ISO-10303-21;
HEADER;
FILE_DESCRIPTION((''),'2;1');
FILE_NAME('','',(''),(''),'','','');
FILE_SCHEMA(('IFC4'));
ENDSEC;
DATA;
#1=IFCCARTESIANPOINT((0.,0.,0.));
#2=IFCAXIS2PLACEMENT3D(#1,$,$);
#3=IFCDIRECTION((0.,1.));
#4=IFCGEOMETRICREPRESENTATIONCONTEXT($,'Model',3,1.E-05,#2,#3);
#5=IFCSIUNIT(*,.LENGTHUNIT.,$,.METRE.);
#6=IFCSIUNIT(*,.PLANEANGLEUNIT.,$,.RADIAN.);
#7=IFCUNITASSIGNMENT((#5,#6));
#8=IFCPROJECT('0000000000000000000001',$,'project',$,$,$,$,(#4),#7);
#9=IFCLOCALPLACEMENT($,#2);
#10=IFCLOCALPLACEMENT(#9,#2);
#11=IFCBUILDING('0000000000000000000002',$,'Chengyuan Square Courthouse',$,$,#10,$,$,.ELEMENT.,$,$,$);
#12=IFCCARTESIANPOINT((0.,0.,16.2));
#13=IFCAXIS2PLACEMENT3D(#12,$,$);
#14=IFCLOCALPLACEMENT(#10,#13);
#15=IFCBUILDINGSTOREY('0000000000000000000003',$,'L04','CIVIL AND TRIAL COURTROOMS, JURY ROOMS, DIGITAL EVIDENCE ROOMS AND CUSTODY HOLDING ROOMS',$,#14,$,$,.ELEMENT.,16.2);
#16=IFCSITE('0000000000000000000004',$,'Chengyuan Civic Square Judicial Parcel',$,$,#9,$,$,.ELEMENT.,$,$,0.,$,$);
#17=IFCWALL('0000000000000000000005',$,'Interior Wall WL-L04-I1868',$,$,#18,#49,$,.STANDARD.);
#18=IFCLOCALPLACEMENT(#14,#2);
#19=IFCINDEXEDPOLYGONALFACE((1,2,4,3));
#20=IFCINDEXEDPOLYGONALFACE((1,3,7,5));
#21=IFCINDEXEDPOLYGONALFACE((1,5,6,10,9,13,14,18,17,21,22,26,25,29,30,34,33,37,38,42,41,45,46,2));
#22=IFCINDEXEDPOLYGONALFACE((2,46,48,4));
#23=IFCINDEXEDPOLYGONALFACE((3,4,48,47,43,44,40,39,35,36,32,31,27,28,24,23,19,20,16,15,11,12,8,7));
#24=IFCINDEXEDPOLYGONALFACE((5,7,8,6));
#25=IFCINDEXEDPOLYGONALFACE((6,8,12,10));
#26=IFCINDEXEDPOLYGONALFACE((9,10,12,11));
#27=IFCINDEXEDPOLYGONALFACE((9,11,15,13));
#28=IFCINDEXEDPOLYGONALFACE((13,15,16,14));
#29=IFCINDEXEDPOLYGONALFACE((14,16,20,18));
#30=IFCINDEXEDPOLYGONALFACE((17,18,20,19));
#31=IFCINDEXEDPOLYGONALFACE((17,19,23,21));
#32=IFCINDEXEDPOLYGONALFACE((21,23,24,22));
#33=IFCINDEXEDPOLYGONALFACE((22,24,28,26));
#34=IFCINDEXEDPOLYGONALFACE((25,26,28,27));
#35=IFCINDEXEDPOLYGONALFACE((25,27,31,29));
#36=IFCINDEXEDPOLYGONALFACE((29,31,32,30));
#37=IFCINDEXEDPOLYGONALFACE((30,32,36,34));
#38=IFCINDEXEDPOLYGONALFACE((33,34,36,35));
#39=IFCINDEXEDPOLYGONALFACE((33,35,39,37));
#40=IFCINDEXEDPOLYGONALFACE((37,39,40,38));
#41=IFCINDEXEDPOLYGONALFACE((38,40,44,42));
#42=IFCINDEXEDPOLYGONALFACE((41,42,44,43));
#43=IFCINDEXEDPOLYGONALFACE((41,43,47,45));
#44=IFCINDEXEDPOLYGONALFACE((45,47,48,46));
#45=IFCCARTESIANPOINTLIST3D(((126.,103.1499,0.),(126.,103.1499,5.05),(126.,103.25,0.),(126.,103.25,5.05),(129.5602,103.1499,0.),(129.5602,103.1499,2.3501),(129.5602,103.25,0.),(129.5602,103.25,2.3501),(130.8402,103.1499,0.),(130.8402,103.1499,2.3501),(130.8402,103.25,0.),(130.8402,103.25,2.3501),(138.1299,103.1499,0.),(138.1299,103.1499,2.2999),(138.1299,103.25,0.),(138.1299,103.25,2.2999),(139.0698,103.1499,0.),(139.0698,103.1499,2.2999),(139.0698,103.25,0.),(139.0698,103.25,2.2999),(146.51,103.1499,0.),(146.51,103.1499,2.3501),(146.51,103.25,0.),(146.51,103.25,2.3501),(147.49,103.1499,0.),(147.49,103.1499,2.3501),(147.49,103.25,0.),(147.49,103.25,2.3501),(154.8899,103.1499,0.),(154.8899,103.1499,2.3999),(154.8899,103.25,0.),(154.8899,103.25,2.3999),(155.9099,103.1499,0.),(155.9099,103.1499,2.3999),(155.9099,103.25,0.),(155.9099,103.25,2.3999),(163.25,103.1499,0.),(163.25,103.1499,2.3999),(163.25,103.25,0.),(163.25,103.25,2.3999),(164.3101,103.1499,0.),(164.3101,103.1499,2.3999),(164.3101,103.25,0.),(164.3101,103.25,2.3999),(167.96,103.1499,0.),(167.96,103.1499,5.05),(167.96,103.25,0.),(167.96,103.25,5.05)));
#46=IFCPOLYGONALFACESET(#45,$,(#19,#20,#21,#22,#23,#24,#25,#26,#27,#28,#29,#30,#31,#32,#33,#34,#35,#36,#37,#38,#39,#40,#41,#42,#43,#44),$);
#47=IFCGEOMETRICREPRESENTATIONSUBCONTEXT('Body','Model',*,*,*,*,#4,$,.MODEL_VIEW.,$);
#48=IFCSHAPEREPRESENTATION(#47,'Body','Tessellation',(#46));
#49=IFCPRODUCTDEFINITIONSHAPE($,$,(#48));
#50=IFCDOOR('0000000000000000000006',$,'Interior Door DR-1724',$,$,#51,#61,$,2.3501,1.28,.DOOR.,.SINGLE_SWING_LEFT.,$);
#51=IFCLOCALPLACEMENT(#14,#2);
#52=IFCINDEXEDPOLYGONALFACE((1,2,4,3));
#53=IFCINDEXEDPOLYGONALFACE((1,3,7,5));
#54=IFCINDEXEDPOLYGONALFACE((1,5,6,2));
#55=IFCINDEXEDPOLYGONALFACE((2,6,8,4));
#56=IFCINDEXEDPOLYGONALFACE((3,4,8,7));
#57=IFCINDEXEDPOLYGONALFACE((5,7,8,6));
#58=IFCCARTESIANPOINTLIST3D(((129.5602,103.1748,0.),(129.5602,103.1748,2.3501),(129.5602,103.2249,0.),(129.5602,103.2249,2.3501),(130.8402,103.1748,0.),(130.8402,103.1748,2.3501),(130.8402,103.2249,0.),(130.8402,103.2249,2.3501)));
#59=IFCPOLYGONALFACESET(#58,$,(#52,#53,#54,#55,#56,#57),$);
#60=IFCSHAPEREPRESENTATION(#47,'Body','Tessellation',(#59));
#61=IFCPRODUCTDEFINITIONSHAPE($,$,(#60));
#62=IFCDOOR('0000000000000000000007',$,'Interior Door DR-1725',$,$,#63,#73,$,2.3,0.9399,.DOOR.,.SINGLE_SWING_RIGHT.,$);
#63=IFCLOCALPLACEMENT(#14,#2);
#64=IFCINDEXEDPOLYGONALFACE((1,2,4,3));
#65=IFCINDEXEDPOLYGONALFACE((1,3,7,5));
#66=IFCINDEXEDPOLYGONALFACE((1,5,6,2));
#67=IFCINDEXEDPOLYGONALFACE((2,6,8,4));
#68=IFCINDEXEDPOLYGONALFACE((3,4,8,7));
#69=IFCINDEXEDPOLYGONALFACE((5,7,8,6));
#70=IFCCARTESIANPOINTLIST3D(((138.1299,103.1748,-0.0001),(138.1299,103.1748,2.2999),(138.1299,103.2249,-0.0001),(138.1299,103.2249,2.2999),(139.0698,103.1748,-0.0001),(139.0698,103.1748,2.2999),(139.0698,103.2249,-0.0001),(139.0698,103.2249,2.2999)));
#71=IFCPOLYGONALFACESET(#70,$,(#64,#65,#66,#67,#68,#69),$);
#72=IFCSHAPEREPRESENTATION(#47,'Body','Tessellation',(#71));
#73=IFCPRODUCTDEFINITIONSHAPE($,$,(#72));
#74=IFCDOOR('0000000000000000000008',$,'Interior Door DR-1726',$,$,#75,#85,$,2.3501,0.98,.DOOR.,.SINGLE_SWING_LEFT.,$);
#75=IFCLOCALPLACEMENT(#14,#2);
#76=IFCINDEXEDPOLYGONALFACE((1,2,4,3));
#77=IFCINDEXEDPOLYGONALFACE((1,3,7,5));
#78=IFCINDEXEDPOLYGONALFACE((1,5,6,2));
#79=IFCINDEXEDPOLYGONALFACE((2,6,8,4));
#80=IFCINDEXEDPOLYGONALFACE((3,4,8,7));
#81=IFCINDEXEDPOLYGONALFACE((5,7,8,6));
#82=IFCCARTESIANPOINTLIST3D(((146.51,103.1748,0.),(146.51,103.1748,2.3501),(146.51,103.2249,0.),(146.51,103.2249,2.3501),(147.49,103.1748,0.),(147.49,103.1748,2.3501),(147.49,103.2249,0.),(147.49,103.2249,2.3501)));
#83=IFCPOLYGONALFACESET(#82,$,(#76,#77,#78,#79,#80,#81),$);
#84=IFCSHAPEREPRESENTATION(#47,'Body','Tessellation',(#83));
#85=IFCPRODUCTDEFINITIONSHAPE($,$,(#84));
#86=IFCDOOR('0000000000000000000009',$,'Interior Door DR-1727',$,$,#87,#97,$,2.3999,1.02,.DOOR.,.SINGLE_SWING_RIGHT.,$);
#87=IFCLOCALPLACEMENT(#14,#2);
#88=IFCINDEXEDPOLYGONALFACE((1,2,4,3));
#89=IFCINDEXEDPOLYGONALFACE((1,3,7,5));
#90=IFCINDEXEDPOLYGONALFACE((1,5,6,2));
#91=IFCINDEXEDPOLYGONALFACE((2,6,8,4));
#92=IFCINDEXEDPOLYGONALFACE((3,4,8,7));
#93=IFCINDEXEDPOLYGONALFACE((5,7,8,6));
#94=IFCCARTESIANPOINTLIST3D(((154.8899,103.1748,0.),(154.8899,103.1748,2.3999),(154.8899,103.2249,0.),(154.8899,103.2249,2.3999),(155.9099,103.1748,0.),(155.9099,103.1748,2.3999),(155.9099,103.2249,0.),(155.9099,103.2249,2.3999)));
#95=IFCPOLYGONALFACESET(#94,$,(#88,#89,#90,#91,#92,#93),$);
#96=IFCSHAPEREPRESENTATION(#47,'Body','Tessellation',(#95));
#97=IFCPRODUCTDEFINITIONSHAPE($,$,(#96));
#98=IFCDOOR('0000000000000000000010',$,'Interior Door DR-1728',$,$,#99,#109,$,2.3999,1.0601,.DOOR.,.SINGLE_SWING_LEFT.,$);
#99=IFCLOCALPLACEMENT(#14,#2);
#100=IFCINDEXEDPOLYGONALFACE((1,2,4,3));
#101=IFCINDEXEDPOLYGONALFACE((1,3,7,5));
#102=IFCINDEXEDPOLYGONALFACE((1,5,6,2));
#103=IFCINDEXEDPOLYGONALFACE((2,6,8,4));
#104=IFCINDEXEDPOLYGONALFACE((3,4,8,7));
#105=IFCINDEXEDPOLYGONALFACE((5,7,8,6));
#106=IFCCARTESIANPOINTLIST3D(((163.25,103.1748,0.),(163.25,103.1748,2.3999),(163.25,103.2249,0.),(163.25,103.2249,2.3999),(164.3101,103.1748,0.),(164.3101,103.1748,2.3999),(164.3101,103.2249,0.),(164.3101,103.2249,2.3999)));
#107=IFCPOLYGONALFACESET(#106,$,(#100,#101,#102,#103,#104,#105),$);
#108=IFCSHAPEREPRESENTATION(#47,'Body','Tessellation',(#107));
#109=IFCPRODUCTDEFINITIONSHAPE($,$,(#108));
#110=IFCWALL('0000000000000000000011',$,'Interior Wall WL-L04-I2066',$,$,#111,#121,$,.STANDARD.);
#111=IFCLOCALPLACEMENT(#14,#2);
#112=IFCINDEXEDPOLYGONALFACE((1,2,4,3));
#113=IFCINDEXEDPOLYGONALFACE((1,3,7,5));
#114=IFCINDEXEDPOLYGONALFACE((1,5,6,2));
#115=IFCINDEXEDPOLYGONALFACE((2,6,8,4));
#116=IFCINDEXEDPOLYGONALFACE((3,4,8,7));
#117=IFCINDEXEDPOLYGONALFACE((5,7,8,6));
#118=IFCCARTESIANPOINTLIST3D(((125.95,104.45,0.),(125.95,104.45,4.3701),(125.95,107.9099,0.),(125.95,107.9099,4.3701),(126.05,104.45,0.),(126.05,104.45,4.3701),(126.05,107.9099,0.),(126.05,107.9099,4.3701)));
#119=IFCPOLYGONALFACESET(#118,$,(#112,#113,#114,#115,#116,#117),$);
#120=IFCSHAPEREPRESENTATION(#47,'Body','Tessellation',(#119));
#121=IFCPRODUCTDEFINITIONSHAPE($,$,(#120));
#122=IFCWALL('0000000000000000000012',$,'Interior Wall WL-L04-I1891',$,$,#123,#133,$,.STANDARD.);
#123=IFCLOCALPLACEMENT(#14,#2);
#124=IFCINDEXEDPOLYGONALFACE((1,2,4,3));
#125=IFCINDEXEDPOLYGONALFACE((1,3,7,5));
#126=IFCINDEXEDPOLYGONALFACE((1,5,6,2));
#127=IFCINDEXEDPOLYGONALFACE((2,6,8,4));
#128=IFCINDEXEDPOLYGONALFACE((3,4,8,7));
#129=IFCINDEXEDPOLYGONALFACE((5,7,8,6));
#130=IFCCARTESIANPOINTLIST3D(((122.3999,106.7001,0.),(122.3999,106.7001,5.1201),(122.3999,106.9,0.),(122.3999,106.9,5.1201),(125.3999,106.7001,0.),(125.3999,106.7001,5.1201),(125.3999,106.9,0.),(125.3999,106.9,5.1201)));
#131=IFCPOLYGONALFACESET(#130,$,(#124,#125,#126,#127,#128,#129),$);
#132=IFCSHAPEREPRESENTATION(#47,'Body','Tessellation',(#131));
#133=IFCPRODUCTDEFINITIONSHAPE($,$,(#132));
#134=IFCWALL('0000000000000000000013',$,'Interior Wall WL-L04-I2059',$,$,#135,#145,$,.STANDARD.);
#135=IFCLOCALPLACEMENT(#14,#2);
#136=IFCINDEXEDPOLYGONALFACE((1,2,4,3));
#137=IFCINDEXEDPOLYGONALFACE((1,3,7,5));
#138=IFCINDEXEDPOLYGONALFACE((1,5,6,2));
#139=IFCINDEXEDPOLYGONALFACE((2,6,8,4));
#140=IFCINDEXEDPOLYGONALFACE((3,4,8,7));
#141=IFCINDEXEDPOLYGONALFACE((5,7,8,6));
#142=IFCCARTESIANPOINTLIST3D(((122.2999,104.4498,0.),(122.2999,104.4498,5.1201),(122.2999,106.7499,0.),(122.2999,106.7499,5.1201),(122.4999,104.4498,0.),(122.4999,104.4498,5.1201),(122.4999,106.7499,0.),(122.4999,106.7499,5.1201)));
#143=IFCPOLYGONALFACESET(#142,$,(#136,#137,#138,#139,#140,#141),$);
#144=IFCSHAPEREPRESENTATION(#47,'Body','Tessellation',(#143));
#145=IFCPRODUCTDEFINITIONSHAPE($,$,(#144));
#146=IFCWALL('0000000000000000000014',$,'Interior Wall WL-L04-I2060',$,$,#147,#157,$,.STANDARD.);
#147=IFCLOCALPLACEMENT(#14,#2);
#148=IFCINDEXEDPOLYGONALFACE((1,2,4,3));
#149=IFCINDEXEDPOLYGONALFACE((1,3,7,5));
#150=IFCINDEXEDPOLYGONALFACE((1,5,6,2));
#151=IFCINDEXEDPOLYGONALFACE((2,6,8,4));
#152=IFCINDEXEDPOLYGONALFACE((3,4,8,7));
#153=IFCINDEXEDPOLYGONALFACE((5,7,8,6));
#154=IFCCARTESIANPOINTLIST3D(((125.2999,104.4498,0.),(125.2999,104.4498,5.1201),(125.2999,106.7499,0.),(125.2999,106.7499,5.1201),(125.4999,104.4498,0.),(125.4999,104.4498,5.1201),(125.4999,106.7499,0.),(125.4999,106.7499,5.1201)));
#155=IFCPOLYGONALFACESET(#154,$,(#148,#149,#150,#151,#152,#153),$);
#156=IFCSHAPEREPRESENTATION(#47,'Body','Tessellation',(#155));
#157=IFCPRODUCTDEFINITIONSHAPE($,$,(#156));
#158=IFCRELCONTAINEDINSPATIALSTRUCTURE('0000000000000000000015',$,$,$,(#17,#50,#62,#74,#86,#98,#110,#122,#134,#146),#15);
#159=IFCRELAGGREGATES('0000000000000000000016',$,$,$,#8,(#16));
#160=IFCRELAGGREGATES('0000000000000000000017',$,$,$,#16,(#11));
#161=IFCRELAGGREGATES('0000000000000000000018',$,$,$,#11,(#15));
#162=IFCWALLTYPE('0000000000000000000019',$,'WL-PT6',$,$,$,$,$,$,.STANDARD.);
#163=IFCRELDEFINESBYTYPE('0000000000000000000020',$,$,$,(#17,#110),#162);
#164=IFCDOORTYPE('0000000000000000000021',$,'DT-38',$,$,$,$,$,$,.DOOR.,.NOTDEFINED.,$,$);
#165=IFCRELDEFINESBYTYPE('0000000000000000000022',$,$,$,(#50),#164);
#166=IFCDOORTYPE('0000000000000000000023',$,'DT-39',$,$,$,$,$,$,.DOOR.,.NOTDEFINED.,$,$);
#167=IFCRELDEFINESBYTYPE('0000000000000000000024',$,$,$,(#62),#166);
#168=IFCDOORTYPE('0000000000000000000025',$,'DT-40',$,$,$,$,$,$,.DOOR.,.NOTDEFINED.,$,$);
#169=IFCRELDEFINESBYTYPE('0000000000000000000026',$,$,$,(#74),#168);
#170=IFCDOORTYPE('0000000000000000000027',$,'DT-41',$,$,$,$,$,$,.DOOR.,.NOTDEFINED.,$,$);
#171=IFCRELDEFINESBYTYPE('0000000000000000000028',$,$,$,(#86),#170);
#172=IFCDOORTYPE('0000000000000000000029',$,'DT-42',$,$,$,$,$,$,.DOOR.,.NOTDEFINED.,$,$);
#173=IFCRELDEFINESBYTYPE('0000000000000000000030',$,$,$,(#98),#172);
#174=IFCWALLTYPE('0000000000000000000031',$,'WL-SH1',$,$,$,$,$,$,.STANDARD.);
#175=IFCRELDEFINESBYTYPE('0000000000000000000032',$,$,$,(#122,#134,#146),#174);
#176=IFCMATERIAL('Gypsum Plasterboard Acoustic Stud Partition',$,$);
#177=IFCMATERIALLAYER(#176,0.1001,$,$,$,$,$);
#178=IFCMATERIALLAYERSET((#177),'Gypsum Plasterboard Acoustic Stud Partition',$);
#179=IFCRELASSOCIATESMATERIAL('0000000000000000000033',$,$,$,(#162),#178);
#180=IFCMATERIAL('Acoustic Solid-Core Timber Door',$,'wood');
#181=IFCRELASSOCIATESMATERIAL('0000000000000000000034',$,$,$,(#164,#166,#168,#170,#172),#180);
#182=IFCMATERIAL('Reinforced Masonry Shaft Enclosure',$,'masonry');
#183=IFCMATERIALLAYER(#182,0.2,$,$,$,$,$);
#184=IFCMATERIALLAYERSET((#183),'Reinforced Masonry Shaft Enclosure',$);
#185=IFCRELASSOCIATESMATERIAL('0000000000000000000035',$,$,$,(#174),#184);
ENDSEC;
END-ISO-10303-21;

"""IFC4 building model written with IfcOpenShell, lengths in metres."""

from ifc_helpers import new_model, si_unit, direction, frame, frame_2d, origin, place, context, subcontext, project, spatial, rectangle, extrude, material, layer, layer_set, type_object, element, fill, save


model = new_model("IFC4")

# Units and contexts
model_context = context("Model", 3, precision=1e-05, world=origin(), true_north=direction((0.0, 1.0)))
body_context = subcontext(model_context, "Body", "Model", "MODEL_VIEW")
ifc_project = project(units=[si_unit("LENGTHUNIT", "METRE"), si_unit("PLANEANGLEUNIT", "RADIAN")], contexts=[model_context])

# Site, building, storey
site_placement = place(None, origin())
site = spatial("IfcSite", under=ifc_project, at=site_placement, Name="Chengyuan Civic Square Judicial Parcel", CompositionType="ELEMENT", RefElevation=0.0)
building_placement = place(site_placement, origin())
building = spatial("IfcBuilding", under=site, at=building_placement, Name="Chengyuan Square Courthouse", CompositionType="ELEMENT")
storey_placement = place(building_placement, frame((0.0, 0.0, 16.2)))
storey = spatial("IfcBuildingStorey", under=building, at=storey_placement, Name="L04", Description="CIVIL AND TRIAL COURTROOMS, JURY ROOMS, DIGITAL EVIDENCE ROOMS AND CUSTODY HOLDING ROOMS", CompositionType="ELEMENT", Elevation=16.2)

# Shared definitions
ifc_material_1 = material(Name="Acoustic Solid-Core Timber Door", Category="wood")

# Wall, openings, doors
ifc_material_2 = material(Name="Gypsum Plasterboard Acoustic Stud Partition")
ifc_layer_1 = layer(ifc_material_2, 0.1001)
ifc_layer_set_1 = layer_set([ifc_layer_1], Name="Gypsum Plasterboard Acoustic Stud Partition")
wall_type_1 = type_object("IfcWallType", Name="WL-PT6", PredefinedType="STANDARD", material=ifc_layer_set_1)
wall_1_placement = place(storey_placement, frame((126.0, 103.2, 0.0), z_axis=(0.0, 0.0, 1.0), x_axis=(1.0, 0.0, 0.0)))
wall_1 = element("IfcWall", 1, at=wall_1_placement, inside=storey, type_object=wall_type_1, Name="Interior Wall WL-L04-I1868", PredefinedType="STANDARD", context=body_context, shape_type="SweptSolid", body=[
    extrude(rectangle(XDim=41.96, YDim=0.1001, at=frame_2d((20.98, 0.0))), origin(), (0.0, 0.0, 1.0), 5.05),
])
opening_1_placement = place(wall_1_placement, frame((3.5601, 0.0, 0.0)))
opening_1 = element("IfcOpeningElement", 2, at=opening_1_placement, cuts=wall_1, PredefinedType="OPENING", context=body_context, shape_type="SweptSolid", body=[
    extrude(rectangle(XDim=1.28, YDim=2.3501, at=frame_2d((0.6401, 1.175))), frame((0.0, 0.062, 0.0), z_axis=(0.0, -1.0, 0.0), x_axis=(1.0, 0.0, 0.0)), (0.0, 0.0, 1.0), 0.124),
])
opening_2_placement = place(wall_1_placement, frame((12.1299, 0.0, 0.0)))
opening_2 = element("IfcOpeningElement", 3, at=opening_2_placement, cuts=wall_1, PredefinedType="OPENING", context=body_context, shape_type="SweptSolid", body=[
    extrude(rectangle(XDim=0.9399, YDim=2.3, at=frame_2d((0.47, 1.1499))), frame((0.0, 0.062, 0.0), z_axis=(0.0, -1.0, 0.0), x_axis=(1.0, 0.0, 0.0)), (0.0, 0.0, 1.0), 0.124),
])
opening_3_placement = place(wall_1_placement, frame((20.51, 0.0, 0.0)))
opening_3 = element("IfcOpeningElement", 4, at=opening_3_placement, cuts=wall_1, PredefinedType="OPENING", context=body_context, shape_type="SweptSolid", body=[
    extrude(rectangle(XDim=0.98, YDim=2.3501, at=frame_2d((0.49, 1.175))), frame((0.0, 0.062, 0.0), z_axis=(0.0, -1.0, 0.0), x_axis=(1.0, 0.0, 0.0)), (0.0, 0.0, 1.0), 0.124),
])
opening_4_placement = place(wall_1_placement, frame((28.8899, 0.0, 0.0)))
opening_4 = element("IfcOpeningElement", 5, at=opening_4_placement, cuts=wall_1, PredefinedType="OPENING", context=body_context, shape_type="SweptSolid", body=[
    extrude(rectangle(XDim=1.02, YDim=2.3999, at=frame_2d((0.51, 1.2))), frame((0.0, 0.062, 0.0), z_axis=(0.0, -1.0, 0.0), x_axis=(1.0, 0.0, 0.0)), (0.0, 0.0, 1.0), 0.124),
])
opening_5_placement = place(wall_1_placement, frame((37.25, 0.0, 0.0)))
opening_5 = element("IfcOpeningElement", 6, at=opening_5_placement, cuts=wall_1, PredefinedType="OPENING", context=body_context, shape_type="SweptSolid", body=[
    extrude(rectangle(XDim=1.0601, YDim=2.3999, at=frame_2d((0.53, 1.2))), frame((0.0, 0.062, 0.0), z_axis=(0.0, -1.0, 0.0), x_axis=(1.0, 0.0, 0.0)), (0.0, 0.0, 1.0), 0.124),
])
door_type_1 = type_object("IfcDoorType", Name="DT-38", OperationType="NOTDEFINED", PredefinedType="DOOR", material=ifc_material_1)
door_1_placement = place(opening_1_placement, origin())
door_1 = element("IfcDoor", 7, at=door_1_placement, inside=storey, type_object=door_type_1, Name="Interior Door DR-1724", OperationType="SINGLE_SWING_LEFT", OverallHeight=2.3501, OverallWidth=1.28, PredefinedType="DOOR", context=body_context, shape_type="SweptSolid", body=[
    extrude(rectangle(XDim=1.28, YDim=2.3501, at=frame_2d((0.6401, 1.175))), frame((0.0, 0.0249, 0.0), z_axis=(0.0, -1.0, 0.0), x_axis=(1.0, 0.0, 0.0)), (0.0, 0.0, 1.0), 0.05),
])
fill(opening_1, door_1)
door_type_2 = type_object("IfcDoorType", Name="DT-39", OperationType="NOTDEFINED", PredefinedType="DOOR", material=ifc_material_1)
door_2_placement = place(opening_2_placement, origin())
door_2 = element("IfcDoor", 8, at=door_2_placement, inside=storey, type_object=door_type_2, Name="Interior Door DR-1725", OperationType="SINGLE_SWING_RIGHT", OverallHeight=2.3, OverallWidth=0.9399, PredefinedType="DOOR", context=body_context, shape_type="SweptSolid", body=[
    extrude(rectangle(XDim=0.9399, YDim=2.3, at=frame_2d((0.47, 1.1499))), frame((0.0, 0.0249, 0.0), z_axis=(0.0, -1.0, 0.0), x_axis=(1.0, 0.0, 0.0)), (0.0, 0.0, 1.0), 0.05),
])
fill(opening_2, door_2)
door_type_3 = type_object("IfcDoorType", Name="DT-40", OperationType="NOTDEFINED", PredefinedType="DOOR", material=ifc_material_1)
door_3_placement = place(opening_3_placement, origin())
door_3 = element("IfcDoor", 9, at=door_3_placement, inside=storey, type_object=door_type_3, Name="Interior Door DR-1726", OperationType="SINGLE_SWING_LEFT", OverallHeight=2.3501, OverallWidth=0.98, PredefinedType="DOOR", context=body_context, shape_type="SweptSolid", body=[
    extrude(rectangle(XDim=0.98, YDim=2.3501, at=frame_2d((0.49, 1.175))), frame((0.0, 0.0249, 0.0), z_axis=(0.0, -1.0, 0.0), x_axis=(1.0, 0.0, 0.0)), (0.0, 0.0, 1.0), 0.05),
])
fill(opening_3, door_3)
door_type_4 = type_object("IfcDoorType", Name="DT-41", OperationType="NOTDEFINED", PredefinedType="DOOR", material=ifc_material_1)
door_4_placement = place(opening_4_placement, origin())
door_4 = element("IfcDoor", 10, at=door_4_placement, inside=storey, type_object=door_type_4, Name="Interior Door DR-1727", OperationType="SINGLE_SWING_RIGHT", OverallHeight=2.3999, OverallWidth=1.02, PredefinedType="DOOR", context=body_context, shape_type="SweptSolid", body=[
    extrude(rectangle(XDim=1.02, YDim=2.3999, at=frame_2d((0.51, 1.2))), frame((0.0, 0.0249, 0.0), z_axis=(0.0, -1.0, 0.0), x_axis=(1.0, 0.0, 0.0)), (0.0, 0.0, 1.0), 0.05),
])
fill(opening_4, door_4)
door_type_5 = type_object("IfcDoorType", Name="DT-42", OperationType="NOTDEFINED", PredefinedType="DOOR", material=ifc_material_1)
door_5_placement = place(opening_5_placement, origin())
door_5 = element("IfcDoor", 11, at=door_5_placement, inside=storey, type_object=door_type_5, Name="Interior Door DR-1728", OperationType="SINGLE_SWING_LEFT", OverallHeight=2.3999, OverallWidth=1.0601, PredefinedType="DOOR", context=body_context, shape_type="SweptSolid", body=[
    extrude(rectangle(XDim=1.0601, YDim=2.3999, at=frame_2d((0.53, 1.2))), frame((0.0, 0.0249, 0.0), z_axis=(0.0, -1.0, 0.0), x_axis=(1.0, 0.0, 0.0)), (0.0, 0.0, 1.0), 0.05),
])
fill(opening_5, door_5)

# Wall
wall_2_placement = place(storey_placement, frame((126.0, 104.45, 0.0), z_axis=(0.0, 0.0, 1.0), x_axis=(0.0, 1.0, 0.0)))
element("IfcWall", 12, at=wall_2_placement, inside=storey, type_object=wall_type_1, Name="Interior Wall WL-L04-I2066", PredefinedType="STANDARD", context=body_context, shape_type="SweptSolid", body=[
    extrude(rectangle(XDim=3.46, YDim=0.1001, at=frame_2d((1.73, 0.0))), origin(), (0.0, 0.0, 1.0), 4.3701),
])

# Shared definitions
ifc_material_3 = material(Name="Reinforced Masonry Shaft Enclosure", Category="masonry")
ifc_layer_2 = layer(ifc_material_3, 0.2)
ifc_layer_set_2 = layer_set([ifc_layer_2], Name="Reinforced Masonry Shaft Enclosure")
wall_type_2 = type_object("IfcWallType", Name="WL-SH1", PredefinedType="STANDARD", material=ifc_layer_set_2)

# Walls
wall_3_placement = place(storey_placement, frame((122.3999, 106.8, 0.0), z_axis=(0.0, 0.0, 1.0), x_axis=(1.0, 0.0, 0.0)))
element("IfcWall", 13, at=wall_3_placement, inside=storey, type_object=wall_type_2, Name="Interior Wall WL-L04-I1891", PredefinedType="STANDARD", context=body_context, shape_type="SweptSolid", body=[
    extrude(rectangle(XDim=3.0, YDim=0.2, at=frame_2d((1.5, 0.0))), origin(), (0.0, 0.0, 1.0), 5.1201),
])
for number, where, z_axis, x_axis, name in (
    (14, (122.3999, 104.45, 0.0), (0.0, 0.0, 1.0), (0.0, 1.0, 0.0), "Interior Wall WL-L04-I2059"),
    (15, (125.3999, 104.45, 0.0), (0.0, 0.0, 1.0), (0.0, 1.0, 0.0), "Interior Wall WL-L04-I2060"),
):
    element("IfcWall", number, at=place(storey_placement, frame(where, z_axis=z_axis, x_axis=x_axis)), inside=storey, type_object=wall_type_2, Name=name, PredefinedType="STANDARD", context=body_context, shape_type="SweptSolid", body=[
        extrude(rectangle(XDim=2.3, YDim=0.2, at=frame_2d((1.1499, 0.0))), origin(), (0.0, 0.0, 1.0), 5.1201),
    ])

save(model, "model.ifc")
